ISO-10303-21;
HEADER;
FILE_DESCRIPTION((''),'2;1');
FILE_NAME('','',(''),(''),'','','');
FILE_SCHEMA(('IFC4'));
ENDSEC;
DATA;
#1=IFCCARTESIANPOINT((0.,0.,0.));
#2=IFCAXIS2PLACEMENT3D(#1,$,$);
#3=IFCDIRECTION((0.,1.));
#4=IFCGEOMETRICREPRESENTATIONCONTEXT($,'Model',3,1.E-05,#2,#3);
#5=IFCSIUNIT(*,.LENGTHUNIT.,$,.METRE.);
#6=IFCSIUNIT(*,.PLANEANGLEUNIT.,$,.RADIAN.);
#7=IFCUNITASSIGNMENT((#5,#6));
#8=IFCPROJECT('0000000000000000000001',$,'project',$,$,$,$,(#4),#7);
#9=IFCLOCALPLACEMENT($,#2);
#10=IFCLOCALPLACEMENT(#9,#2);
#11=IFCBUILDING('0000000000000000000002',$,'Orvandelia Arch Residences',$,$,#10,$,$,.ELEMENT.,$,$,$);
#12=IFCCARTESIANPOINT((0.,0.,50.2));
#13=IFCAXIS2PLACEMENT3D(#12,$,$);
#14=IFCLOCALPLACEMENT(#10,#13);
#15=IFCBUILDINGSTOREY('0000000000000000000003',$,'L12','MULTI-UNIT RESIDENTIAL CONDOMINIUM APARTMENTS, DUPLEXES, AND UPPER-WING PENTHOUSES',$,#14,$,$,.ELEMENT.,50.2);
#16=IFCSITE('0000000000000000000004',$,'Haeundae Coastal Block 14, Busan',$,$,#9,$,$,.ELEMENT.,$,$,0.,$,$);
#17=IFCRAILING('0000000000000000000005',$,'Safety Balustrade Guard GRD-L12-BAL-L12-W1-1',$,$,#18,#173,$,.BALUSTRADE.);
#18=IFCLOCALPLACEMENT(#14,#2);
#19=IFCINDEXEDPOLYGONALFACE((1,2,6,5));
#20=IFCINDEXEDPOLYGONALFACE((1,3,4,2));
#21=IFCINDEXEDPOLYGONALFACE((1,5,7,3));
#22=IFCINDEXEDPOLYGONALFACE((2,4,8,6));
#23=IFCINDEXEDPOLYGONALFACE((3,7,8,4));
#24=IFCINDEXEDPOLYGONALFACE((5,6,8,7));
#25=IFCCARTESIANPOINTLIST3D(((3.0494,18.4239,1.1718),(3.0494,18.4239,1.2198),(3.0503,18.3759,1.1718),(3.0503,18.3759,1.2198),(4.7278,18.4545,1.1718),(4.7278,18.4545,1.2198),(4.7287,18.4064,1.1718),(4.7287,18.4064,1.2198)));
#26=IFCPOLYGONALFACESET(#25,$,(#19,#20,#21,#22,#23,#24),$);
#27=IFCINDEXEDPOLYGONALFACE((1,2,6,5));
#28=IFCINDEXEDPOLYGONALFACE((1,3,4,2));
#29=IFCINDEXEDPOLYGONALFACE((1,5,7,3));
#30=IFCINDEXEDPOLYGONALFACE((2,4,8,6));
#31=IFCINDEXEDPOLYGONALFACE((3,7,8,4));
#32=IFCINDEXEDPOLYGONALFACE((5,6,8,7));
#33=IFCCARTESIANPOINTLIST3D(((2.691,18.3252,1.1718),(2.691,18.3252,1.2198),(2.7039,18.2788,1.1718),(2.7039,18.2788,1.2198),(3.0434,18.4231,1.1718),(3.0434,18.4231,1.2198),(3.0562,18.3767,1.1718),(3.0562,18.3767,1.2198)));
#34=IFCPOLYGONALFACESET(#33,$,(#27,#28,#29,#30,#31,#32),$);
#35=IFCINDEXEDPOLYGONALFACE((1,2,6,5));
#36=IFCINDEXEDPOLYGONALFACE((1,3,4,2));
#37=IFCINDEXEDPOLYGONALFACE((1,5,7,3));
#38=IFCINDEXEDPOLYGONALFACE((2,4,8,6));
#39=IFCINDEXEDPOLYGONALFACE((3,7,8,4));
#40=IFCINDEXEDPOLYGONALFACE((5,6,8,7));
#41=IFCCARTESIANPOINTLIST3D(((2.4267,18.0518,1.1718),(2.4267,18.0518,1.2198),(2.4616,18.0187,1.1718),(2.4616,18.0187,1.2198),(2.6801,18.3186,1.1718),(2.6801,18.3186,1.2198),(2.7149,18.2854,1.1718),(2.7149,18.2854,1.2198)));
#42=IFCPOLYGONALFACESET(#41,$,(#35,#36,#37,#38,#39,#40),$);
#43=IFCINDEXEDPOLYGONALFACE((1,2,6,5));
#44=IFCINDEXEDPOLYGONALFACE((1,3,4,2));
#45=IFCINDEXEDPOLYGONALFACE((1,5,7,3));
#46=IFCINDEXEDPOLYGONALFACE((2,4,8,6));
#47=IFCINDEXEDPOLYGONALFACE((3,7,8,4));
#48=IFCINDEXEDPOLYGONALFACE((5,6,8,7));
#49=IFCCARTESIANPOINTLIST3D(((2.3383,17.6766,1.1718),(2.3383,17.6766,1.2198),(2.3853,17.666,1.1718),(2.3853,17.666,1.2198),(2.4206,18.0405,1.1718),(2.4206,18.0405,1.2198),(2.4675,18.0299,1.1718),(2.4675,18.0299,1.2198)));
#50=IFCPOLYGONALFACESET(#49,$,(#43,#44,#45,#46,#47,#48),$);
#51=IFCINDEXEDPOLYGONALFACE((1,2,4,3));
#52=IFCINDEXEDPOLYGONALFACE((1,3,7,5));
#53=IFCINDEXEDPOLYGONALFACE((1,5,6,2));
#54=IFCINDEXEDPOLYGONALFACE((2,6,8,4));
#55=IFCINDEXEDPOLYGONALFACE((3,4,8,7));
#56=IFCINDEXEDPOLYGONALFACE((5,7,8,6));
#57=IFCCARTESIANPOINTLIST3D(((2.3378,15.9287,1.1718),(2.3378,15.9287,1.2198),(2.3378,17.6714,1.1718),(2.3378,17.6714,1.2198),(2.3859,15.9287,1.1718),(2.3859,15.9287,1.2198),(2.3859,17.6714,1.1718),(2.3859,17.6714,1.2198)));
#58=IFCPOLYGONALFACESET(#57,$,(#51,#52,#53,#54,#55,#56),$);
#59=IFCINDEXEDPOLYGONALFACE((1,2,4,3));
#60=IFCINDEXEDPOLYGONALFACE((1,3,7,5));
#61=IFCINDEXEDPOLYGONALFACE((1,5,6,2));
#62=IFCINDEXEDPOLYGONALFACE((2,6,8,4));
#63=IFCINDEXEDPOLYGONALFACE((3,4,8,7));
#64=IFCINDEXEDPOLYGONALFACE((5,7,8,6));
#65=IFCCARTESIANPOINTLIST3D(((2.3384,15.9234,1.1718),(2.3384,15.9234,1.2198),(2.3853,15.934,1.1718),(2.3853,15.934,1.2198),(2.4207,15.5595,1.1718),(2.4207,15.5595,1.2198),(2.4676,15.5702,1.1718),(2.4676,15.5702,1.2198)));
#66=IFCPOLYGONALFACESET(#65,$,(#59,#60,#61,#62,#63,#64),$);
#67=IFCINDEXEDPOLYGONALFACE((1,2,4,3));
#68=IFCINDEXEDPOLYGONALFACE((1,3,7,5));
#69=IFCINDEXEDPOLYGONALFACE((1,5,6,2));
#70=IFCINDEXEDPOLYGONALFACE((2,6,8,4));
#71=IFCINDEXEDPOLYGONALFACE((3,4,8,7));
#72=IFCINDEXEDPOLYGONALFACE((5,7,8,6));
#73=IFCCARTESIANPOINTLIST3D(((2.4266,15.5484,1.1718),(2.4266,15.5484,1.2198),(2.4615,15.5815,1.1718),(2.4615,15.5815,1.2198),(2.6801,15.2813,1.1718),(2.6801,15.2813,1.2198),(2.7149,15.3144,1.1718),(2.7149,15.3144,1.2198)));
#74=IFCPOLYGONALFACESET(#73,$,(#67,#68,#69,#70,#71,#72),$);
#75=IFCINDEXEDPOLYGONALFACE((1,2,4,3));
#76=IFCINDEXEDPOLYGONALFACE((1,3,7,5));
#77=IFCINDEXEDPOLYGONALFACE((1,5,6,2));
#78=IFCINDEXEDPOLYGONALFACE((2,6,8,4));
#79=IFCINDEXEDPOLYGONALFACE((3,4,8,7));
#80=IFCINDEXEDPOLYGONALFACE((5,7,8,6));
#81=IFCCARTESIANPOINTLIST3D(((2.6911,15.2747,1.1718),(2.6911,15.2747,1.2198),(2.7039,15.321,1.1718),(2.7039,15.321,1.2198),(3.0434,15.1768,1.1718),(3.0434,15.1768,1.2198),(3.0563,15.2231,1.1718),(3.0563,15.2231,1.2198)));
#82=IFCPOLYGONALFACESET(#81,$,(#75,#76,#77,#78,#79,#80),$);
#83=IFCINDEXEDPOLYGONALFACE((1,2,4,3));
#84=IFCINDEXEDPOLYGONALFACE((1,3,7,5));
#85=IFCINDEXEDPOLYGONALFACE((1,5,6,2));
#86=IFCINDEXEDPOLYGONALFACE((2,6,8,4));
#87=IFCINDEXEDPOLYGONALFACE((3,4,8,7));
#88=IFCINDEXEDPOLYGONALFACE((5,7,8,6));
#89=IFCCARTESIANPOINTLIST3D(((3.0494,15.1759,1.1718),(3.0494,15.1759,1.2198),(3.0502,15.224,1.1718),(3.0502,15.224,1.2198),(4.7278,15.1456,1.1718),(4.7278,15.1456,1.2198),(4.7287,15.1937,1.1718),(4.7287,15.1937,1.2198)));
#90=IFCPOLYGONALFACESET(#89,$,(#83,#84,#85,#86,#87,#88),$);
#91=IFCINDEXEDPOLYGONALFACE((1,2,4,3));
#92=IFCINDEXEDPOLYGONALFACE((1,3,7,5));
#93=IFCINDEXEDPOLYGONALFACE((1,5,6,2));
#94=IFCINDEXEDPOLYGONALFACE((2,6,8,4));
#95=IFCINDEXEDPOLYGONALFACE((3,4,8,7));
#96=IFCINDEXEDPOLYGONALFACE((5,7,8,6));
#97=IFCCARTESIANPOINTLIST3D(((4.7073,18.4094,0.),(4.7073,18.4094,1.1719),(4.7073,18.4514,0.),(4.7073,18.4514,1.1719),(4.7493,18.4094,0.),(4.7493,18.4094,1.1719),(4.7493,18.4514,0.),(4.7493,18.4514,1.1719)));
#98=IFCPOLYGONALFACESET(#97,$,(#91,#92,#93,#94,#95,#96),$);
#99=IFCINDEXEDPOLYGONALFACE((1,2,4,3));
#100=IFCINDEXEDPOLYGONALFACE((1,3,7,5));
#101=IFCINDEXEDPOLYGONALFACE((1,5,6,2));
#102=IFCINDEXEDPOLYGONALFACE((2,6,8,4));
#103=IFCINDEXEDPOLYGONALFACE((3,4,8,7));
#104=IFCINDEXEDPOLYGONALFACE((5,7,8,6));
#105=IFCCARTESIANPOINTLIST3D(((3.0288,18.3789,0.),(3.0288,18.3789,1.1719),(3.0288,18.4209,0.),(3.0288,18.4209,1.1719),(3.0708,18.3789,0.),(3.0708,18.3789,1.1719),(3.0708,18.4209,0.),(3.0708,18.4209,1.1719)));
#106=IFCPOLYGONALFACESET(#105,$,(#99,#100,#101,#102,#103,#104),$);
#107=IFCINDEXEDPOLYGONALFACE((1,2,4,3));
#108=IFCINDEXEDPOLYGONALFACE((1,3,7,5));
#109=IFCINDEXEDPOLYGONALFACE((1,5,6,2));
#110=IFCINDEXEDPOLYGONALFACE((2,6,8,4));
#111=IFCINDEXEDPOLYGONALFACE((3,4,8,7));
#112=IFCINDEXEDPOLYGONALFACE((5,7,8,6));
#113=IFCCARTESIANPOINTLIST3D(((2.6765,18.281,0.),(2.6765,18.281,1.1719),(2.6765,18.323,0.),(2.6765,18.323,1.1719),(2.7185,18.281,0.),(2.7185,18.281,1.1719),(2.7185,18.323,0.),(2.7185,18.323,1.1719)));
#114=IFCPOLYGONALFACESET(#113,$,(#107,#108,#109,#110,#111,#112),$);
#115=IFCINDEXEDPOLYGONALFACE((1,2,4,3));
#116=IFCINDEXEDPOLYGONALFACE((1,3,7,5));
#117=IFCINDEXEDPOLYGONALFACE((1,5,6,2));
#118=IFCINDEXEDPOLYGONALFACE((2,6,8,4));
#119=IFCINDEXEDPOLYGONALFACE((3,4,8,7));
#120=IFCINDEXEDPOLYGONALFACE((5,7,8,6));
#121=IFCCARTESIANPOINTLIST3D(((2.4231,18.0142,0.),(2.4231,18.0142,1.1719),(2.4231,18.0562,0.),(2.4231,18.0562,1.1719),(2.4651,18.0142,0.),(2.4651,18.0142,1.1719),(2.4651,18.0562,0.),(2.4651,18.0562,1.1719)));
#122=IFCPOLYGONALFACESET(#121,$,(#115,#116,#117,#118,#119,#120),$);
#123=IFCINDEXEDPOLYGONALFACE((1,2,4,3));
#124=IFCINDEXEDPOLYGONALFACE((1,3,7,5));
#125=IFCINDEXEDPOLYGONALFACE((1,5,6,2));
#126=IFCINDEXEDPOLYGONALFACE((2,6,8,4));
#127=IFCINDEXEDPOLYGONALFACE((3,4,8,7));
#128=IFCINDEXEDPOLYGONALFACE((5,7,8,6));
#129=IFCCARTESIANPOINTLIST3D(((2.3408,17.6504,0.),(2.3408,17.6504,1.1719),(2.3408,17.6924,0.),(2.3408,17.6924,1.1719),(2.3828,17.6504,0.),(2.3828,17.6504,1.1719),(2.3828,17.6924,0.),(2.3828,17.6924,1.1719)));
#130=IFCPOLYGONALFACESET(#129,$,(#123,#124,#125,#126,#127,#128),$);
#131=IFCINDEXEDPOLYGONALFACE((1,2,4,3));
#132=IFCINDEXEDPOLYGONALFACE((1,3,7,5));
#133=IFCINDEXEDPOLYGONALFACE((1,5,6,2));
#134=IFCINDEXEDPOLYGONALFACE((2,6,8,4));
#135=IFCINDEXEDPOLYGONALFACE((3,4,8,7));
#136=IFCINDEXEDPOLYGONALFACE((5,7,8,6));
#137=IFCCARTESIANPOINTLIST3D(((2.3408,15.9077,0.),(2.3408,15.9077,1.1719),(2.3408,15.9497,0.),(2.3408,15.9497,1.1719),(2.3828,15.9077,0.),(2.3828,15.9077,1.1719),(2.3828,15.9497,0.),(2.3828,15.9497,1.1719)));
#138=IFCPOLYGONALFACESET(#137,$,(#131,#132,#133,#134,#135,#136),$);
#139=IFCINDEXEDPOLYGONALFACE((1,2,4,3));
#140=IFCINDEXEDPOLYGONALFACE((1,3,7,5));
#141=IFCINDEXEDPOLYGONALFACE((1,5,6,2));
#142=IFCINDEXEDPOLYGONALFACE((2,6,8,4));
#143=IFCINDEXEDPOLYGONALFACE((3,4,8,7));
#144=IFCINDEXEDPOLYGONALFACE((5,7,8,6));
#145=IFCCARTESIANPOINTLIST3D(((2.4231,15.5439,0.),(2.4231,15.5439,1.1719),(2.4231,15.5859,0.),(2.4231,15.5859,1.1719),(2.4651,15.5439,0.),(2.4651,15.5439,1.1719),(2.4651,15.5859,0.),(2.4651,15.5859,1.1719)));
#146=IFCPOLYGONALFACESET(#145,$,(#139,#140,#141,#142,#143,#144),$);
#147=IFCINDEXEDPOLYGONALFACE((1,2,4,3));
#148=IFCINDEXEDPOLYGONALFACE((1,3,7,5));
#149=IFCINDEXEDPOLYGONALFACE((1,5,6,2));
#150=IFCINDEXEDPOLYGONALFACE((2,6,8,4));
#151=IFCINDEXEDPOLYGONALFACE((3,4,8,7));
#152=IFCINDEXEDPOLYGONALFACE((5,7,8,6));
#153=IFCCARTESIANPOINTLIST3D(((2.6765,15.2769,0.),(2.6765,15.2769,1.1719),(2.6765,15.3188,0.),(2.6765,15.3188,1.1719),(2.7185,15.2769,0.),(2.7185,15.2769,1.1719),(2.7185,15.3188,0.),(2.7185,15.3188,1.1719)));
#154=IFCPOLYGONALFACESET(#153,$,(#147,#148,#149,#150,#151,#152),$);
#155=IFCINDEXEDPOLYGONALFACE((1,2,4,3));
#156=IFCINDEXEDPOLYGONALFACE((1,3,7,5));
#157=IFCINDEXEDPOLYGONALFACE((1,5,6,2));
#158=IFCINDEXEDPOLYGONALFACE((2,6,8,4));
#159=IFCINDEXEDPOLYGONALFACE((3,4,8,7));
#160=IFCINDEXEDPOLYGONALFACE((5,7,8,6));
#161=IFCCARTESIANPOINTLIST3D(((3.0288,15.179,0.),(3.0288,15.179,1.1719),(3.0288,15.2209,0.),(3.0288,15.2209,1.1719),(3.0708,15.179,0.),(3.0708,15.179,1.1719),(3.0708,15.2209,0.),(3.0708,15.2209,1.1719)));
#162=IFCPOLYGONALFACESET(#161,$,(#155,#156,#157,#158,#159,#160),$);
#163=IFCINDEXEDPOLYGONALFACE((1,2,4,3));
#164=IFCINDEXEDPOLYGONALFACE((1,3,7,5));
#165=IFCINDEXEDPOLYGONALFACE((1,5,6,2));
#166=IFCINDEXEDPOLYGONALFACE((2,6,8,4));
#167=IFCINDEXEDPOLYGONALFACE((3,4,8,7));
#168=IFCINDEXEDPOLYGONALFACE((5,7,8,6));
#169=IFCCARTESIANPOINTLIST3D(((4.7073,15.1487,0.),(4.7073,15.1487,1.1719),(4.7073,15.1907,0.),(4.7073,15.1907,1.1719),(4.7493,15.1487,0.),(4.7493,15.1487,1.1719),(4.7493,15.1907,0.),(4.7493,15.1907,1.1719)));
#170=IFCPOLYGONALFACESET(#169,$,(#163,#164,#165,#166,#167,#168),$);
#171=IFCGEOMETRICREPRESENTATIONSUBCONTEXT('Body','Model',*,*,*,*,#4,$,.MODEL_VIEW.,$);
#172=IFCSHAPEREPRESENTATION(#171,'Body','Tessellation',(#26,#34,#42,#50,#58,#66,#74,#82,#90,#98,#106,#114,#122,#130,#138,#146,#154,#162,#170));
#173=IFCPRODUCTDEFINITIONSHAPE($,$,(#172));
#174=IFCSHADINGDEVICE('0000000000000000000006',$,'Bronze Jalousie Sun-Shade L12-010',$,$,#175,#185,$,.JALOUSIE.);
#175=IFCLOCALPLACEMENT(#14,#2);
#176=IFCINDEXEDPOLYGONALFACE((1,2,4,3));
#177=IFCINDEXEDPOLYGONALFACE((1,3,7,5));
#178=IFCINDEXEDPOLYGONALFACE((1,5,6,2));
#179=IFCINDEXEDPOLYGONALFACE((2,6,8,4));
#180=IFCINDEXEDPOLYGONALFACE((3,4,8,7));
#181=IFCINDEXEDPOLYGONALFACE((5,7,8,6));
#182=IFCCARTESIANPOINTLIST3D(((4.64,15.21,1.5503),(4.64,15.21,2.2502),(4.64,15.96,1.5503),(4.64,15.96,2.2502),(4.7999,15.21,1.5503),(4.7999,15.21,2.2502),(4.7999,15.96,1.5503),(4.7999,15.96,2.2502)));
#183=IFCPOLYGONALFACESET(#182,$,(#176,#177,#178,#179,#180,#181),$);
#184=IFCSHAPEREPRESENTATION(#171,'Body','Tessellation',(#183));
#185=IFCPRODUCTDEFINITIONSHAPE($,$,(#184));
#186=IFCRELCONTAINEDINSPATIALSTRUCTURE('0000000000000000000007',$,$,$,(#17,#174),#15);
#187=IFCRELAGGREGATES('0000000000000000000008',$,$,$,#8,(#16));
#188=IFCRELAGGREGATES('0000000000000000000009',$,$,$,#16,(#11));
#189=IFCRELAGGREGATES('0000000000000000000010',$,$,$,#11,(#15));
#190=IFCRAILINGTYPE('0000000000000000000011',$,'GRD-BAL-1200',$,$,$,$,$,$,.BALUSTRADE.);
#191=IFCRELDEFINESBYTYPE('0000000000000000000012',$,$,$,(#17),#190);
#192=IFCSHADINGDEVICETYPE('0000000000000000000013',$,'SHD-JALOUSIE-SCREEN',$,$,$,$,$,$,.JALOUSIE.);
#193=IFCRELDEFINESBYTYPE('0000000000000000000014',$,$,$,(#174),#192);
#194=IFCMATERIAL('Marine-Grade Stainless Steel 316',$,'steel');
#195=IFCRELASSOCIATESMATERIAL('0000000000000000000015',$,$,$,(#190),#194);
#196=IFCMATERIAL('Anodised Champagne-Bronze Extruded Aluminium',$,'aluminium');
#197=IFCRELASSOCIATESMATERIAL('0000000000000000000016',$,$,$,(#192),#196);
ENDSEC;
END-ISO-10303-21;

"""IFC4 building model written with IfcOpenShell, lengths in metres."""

from ifc_helpers import new_model, si_unit, direction, frame, origin, origin_2d, place, context, subcontext, project, spatial, rectangle, extrude, material, type_object, element, save


model = new_model("IFC4")

# Units and contexts
model_context = context("Model", 3, precision=1e-05, world=origin(), true_north=direction((0.0, 1.0)))
body_context = subcontext(model_context, "Body", "Model", "MODEL_VIEW")
ifc_project = project(units=[si_unit("LENGTHUNIT", "METRE"), si_unit("PLANEANGLEUNIT", "RADIAN")], contexts=[model_context])

# Site, building, storey
site_placement = place(None, origin())
site = spatial("IfcSite", under=ifc_project, at=site_placement, Name="Haeundae Coastal Block 14, Busan", CompositionType="ELEMENT", RefElevation=0.0)
building_placement = place(site_placement, origin())
building = spatial("IfcBuilding", under=site, at=building_placement, Name="Orvandelia Arch Residences", CompositionType="ELEMENT")
storey_placement = place(building_placement, frame((0.0, 0.0, 50.2)))
storey = spatial("IfcBuildingStorey", under=building, at=storey_placement, Name="L12", Description="MULTI-UNIT RESIDENTIAL CONDOMINIUM APARTMENTS, DUPLEXES, AND UPPER-WING PENTHOUSES", CompositionType="ELEMENT", Elevation=50.2)

# Railing
ifc_material_1 = material(Name="Marine-Grade Stainless Steel 316", Category="steel")
railing_type = type_object("IfcRailingType", Name="GRD-BAL-1200", PredefinedType="BALUSTRADE", material=ifc_material_1)
railing_placement = place(storey_placement, frame((4.7283, 18.4304, 0.0)))
element("IfcRailing", 1, at=railing_placement, inside=storey, type_object=railing_type, Name="Safety Balustrade Guard GRD-L12-BAL-L12-W1-1", PredefinedType="BALUSTRADE", context=body_context, shape_type="SweptSolid", body=[
    extrude(rectangle(XDim=0.0481, YDim=0.0481, at=origin_2d()), frame((0.0, 0.0, 1.1958), z_axis=(-0.999835, -0.018179, 0.0), x_axis=(0.018179, -0.999835, 0.0)), (0.0, 0.0, 1.0), 1.6787),
    extrude(rectangle(XDim=0.0481, YDim=0.0481, at=origin_2d()), frame((-1.6785, -0.0305, 1.1958), z_axis=(-0.963489, -0.267747, 0.0), x_axis=(0.267747, -0.963489, 0.0)), (0.0, 0.0, 1.0), 0.3657),
    extrude(rectangle(XDim=0.0481, YDim=0.0481, at=origin_2d()), frame((-2.0308, -0.1284, 1.1958), z_axis=(-0.688627, -0.725115, 0.0), x_axis=(0.725115, -0.688627, 0.0)), (0.0, 0.0, 1.0), 0.3679),
    extrude(rectangle(XDim=0.0481, YDim=0.0481, at=origin_2d()), frame((-2.2842, -0.3953, 1.1958), z_axis=(-0.220602, -0.975364, 0.0), x_axis=(0.975364, -0.220602, 0.0)), (0.0, 0.0, 1.0), 0.373),
    extrude(rectangle(XDim=0.0481, YDim=0.0481, at=origin_2d()), frame((-2.3665, -0.759, 1.1958), z_axis=(0.0, -1.0, 0.0), x_axis=(1.0, 0.0, 0.0)), (0.0, 0.0, 1.0), 1.7427),
    extrude(rectangle(XDim=0.0481, YDim=0.0481, at=origin_2d()), frame((-2.3665, -2.5017, 1.1958), z_axis=(0.220602, -0.975364, 0.0), x_axis=(0.975364, 0.220602, 0.0)), (0.0, 0.0, 1.0), 0.373),
    extrude(rectangle(XDim=0.0481, YDim=0.0481, at=origin_2d()), frame((-2.2842, -2.8655, 1.1958), z_axis=(0.688296, -0.72543, 0.0), x_axis=(0.72543, 0.688296, 0.0)), (0.0, 0.0, 1.0), 0.3682),
    extrude(rectangle(XDim=0.0481, YDim=0.0481, at=origin_2d()), frame((-2.0308, -3.1326, 1.1958), z_axis=(0.963489, -0.267747, 0.0), x_axis=(0.267747, 0.963489, 0.0)), (0.0, 0.0, 1.0), 0.3657),
    extrude(rectangle(XDim=0.0481, YDim=0.0481, at=origin_2d()), frame((-1.6785, -3.2305, 1.1958), z_axis=(0.999837, -0.018033, 0.0), x_axis=(0.018033, 0.999837, 0.0)), (0.0, 0.0, 1.0), 1.6787),
    extrude(rectangle(XDim=0.042, YDim=0.042, at=origin_2d()), origin(), (0.0, 0.0, 1.0), 1.1719),
    extrude(rectangle(XDim=0.042, YDim=0.042, at=origin_2d()), frame((-1.6785, -0.0305, 0.0)), (0.0, 0.0, 1.0), 1.1719),
    extrude(rectangle(XDim=0.042, YDim=0.042, at=origin_2d()), frame((-2.0308, -0.1284, 0.0)), (0.0, 0.0, 1.0), 1.1719),
    extrude(rectangle(XDim=0.042, YDim=0.042, at=origin_2d()), frame((-2.2842, -0.3953, 0.0)), (0.0, 0.0, 1.0), 1.1719),
    extrude(rectangle(XDim=0.042, YDim=0.042, at=origin_2d()), frame((-2.3665, -0.759, 0.0)), (0.0, 0.0, 1.0), 1.1719),
    extrude(rectangle(XDim=0.042, YDim=0.042, at=origin_2d()), frame((-2.3665, -2.5017, 0.0)), (0.0, 0.0, 1.0), 1.1719),
    extrude(rectangle(XDim=0.042, YDim=0.042, at=origin_2d()), frame((-2.2842, -2.8655, 0.0)), (0.0, 0.0, 1.0), 1.1719),
    extrude(rectangle(XDim=0.042, YDim=0.042, at=origin_2d()), frame((-2.0308, -3.1326, 0.0)), (0.0, 0.0, 1.0), 1.1719),
    extrude(rectangle(XDim=0.042, YDim=0.042, at=origin_2d()), frame((-1.6785, -3.2305, 0.0)), (0.0, 0.0, 1.0), 1.1719),
    extrude(rectangle(XDim=0.042, YDim=0.042, at=origin_2d()), frame((0.0, -3.2607, 0.0)), (0.0, 0.0, 1.0), 1.1719),
])

# Shading device
ifc_material_2 = material(Name="Anodised Champagne-Bronze Extruded Aluminium", Category="aluminium")
shading_device_type = type_object("IfcShadingDeviceType", Name="SHD-JALOUSIE-SCREEN", PredefinedType="JALOUSIE", material=ifc_material_2)
shading_device_placement = place(storey_placement, frame((4.72, 15.585, 1.5503), z_axis=(0.0, 0.0, 1.0), x_axis=(0.0, 1.0, 0.0)))
element("IfcShadingDevice", 2, at=shading_device_placement, inside=storey, type_object=shading_device_type, Name="Bronze Jalousie Sun-Shade L12-010", PredefinedType="JALOUSIE", context=body_context, shape_type="SweptSolid", body=[
    extrude(rectangle(XDim=0.75, YDim=0.1599, at=origin_2d()), origin(), (0.0, 0.0, 1.0), 0.7),
])

save(model, "model.ifc")
